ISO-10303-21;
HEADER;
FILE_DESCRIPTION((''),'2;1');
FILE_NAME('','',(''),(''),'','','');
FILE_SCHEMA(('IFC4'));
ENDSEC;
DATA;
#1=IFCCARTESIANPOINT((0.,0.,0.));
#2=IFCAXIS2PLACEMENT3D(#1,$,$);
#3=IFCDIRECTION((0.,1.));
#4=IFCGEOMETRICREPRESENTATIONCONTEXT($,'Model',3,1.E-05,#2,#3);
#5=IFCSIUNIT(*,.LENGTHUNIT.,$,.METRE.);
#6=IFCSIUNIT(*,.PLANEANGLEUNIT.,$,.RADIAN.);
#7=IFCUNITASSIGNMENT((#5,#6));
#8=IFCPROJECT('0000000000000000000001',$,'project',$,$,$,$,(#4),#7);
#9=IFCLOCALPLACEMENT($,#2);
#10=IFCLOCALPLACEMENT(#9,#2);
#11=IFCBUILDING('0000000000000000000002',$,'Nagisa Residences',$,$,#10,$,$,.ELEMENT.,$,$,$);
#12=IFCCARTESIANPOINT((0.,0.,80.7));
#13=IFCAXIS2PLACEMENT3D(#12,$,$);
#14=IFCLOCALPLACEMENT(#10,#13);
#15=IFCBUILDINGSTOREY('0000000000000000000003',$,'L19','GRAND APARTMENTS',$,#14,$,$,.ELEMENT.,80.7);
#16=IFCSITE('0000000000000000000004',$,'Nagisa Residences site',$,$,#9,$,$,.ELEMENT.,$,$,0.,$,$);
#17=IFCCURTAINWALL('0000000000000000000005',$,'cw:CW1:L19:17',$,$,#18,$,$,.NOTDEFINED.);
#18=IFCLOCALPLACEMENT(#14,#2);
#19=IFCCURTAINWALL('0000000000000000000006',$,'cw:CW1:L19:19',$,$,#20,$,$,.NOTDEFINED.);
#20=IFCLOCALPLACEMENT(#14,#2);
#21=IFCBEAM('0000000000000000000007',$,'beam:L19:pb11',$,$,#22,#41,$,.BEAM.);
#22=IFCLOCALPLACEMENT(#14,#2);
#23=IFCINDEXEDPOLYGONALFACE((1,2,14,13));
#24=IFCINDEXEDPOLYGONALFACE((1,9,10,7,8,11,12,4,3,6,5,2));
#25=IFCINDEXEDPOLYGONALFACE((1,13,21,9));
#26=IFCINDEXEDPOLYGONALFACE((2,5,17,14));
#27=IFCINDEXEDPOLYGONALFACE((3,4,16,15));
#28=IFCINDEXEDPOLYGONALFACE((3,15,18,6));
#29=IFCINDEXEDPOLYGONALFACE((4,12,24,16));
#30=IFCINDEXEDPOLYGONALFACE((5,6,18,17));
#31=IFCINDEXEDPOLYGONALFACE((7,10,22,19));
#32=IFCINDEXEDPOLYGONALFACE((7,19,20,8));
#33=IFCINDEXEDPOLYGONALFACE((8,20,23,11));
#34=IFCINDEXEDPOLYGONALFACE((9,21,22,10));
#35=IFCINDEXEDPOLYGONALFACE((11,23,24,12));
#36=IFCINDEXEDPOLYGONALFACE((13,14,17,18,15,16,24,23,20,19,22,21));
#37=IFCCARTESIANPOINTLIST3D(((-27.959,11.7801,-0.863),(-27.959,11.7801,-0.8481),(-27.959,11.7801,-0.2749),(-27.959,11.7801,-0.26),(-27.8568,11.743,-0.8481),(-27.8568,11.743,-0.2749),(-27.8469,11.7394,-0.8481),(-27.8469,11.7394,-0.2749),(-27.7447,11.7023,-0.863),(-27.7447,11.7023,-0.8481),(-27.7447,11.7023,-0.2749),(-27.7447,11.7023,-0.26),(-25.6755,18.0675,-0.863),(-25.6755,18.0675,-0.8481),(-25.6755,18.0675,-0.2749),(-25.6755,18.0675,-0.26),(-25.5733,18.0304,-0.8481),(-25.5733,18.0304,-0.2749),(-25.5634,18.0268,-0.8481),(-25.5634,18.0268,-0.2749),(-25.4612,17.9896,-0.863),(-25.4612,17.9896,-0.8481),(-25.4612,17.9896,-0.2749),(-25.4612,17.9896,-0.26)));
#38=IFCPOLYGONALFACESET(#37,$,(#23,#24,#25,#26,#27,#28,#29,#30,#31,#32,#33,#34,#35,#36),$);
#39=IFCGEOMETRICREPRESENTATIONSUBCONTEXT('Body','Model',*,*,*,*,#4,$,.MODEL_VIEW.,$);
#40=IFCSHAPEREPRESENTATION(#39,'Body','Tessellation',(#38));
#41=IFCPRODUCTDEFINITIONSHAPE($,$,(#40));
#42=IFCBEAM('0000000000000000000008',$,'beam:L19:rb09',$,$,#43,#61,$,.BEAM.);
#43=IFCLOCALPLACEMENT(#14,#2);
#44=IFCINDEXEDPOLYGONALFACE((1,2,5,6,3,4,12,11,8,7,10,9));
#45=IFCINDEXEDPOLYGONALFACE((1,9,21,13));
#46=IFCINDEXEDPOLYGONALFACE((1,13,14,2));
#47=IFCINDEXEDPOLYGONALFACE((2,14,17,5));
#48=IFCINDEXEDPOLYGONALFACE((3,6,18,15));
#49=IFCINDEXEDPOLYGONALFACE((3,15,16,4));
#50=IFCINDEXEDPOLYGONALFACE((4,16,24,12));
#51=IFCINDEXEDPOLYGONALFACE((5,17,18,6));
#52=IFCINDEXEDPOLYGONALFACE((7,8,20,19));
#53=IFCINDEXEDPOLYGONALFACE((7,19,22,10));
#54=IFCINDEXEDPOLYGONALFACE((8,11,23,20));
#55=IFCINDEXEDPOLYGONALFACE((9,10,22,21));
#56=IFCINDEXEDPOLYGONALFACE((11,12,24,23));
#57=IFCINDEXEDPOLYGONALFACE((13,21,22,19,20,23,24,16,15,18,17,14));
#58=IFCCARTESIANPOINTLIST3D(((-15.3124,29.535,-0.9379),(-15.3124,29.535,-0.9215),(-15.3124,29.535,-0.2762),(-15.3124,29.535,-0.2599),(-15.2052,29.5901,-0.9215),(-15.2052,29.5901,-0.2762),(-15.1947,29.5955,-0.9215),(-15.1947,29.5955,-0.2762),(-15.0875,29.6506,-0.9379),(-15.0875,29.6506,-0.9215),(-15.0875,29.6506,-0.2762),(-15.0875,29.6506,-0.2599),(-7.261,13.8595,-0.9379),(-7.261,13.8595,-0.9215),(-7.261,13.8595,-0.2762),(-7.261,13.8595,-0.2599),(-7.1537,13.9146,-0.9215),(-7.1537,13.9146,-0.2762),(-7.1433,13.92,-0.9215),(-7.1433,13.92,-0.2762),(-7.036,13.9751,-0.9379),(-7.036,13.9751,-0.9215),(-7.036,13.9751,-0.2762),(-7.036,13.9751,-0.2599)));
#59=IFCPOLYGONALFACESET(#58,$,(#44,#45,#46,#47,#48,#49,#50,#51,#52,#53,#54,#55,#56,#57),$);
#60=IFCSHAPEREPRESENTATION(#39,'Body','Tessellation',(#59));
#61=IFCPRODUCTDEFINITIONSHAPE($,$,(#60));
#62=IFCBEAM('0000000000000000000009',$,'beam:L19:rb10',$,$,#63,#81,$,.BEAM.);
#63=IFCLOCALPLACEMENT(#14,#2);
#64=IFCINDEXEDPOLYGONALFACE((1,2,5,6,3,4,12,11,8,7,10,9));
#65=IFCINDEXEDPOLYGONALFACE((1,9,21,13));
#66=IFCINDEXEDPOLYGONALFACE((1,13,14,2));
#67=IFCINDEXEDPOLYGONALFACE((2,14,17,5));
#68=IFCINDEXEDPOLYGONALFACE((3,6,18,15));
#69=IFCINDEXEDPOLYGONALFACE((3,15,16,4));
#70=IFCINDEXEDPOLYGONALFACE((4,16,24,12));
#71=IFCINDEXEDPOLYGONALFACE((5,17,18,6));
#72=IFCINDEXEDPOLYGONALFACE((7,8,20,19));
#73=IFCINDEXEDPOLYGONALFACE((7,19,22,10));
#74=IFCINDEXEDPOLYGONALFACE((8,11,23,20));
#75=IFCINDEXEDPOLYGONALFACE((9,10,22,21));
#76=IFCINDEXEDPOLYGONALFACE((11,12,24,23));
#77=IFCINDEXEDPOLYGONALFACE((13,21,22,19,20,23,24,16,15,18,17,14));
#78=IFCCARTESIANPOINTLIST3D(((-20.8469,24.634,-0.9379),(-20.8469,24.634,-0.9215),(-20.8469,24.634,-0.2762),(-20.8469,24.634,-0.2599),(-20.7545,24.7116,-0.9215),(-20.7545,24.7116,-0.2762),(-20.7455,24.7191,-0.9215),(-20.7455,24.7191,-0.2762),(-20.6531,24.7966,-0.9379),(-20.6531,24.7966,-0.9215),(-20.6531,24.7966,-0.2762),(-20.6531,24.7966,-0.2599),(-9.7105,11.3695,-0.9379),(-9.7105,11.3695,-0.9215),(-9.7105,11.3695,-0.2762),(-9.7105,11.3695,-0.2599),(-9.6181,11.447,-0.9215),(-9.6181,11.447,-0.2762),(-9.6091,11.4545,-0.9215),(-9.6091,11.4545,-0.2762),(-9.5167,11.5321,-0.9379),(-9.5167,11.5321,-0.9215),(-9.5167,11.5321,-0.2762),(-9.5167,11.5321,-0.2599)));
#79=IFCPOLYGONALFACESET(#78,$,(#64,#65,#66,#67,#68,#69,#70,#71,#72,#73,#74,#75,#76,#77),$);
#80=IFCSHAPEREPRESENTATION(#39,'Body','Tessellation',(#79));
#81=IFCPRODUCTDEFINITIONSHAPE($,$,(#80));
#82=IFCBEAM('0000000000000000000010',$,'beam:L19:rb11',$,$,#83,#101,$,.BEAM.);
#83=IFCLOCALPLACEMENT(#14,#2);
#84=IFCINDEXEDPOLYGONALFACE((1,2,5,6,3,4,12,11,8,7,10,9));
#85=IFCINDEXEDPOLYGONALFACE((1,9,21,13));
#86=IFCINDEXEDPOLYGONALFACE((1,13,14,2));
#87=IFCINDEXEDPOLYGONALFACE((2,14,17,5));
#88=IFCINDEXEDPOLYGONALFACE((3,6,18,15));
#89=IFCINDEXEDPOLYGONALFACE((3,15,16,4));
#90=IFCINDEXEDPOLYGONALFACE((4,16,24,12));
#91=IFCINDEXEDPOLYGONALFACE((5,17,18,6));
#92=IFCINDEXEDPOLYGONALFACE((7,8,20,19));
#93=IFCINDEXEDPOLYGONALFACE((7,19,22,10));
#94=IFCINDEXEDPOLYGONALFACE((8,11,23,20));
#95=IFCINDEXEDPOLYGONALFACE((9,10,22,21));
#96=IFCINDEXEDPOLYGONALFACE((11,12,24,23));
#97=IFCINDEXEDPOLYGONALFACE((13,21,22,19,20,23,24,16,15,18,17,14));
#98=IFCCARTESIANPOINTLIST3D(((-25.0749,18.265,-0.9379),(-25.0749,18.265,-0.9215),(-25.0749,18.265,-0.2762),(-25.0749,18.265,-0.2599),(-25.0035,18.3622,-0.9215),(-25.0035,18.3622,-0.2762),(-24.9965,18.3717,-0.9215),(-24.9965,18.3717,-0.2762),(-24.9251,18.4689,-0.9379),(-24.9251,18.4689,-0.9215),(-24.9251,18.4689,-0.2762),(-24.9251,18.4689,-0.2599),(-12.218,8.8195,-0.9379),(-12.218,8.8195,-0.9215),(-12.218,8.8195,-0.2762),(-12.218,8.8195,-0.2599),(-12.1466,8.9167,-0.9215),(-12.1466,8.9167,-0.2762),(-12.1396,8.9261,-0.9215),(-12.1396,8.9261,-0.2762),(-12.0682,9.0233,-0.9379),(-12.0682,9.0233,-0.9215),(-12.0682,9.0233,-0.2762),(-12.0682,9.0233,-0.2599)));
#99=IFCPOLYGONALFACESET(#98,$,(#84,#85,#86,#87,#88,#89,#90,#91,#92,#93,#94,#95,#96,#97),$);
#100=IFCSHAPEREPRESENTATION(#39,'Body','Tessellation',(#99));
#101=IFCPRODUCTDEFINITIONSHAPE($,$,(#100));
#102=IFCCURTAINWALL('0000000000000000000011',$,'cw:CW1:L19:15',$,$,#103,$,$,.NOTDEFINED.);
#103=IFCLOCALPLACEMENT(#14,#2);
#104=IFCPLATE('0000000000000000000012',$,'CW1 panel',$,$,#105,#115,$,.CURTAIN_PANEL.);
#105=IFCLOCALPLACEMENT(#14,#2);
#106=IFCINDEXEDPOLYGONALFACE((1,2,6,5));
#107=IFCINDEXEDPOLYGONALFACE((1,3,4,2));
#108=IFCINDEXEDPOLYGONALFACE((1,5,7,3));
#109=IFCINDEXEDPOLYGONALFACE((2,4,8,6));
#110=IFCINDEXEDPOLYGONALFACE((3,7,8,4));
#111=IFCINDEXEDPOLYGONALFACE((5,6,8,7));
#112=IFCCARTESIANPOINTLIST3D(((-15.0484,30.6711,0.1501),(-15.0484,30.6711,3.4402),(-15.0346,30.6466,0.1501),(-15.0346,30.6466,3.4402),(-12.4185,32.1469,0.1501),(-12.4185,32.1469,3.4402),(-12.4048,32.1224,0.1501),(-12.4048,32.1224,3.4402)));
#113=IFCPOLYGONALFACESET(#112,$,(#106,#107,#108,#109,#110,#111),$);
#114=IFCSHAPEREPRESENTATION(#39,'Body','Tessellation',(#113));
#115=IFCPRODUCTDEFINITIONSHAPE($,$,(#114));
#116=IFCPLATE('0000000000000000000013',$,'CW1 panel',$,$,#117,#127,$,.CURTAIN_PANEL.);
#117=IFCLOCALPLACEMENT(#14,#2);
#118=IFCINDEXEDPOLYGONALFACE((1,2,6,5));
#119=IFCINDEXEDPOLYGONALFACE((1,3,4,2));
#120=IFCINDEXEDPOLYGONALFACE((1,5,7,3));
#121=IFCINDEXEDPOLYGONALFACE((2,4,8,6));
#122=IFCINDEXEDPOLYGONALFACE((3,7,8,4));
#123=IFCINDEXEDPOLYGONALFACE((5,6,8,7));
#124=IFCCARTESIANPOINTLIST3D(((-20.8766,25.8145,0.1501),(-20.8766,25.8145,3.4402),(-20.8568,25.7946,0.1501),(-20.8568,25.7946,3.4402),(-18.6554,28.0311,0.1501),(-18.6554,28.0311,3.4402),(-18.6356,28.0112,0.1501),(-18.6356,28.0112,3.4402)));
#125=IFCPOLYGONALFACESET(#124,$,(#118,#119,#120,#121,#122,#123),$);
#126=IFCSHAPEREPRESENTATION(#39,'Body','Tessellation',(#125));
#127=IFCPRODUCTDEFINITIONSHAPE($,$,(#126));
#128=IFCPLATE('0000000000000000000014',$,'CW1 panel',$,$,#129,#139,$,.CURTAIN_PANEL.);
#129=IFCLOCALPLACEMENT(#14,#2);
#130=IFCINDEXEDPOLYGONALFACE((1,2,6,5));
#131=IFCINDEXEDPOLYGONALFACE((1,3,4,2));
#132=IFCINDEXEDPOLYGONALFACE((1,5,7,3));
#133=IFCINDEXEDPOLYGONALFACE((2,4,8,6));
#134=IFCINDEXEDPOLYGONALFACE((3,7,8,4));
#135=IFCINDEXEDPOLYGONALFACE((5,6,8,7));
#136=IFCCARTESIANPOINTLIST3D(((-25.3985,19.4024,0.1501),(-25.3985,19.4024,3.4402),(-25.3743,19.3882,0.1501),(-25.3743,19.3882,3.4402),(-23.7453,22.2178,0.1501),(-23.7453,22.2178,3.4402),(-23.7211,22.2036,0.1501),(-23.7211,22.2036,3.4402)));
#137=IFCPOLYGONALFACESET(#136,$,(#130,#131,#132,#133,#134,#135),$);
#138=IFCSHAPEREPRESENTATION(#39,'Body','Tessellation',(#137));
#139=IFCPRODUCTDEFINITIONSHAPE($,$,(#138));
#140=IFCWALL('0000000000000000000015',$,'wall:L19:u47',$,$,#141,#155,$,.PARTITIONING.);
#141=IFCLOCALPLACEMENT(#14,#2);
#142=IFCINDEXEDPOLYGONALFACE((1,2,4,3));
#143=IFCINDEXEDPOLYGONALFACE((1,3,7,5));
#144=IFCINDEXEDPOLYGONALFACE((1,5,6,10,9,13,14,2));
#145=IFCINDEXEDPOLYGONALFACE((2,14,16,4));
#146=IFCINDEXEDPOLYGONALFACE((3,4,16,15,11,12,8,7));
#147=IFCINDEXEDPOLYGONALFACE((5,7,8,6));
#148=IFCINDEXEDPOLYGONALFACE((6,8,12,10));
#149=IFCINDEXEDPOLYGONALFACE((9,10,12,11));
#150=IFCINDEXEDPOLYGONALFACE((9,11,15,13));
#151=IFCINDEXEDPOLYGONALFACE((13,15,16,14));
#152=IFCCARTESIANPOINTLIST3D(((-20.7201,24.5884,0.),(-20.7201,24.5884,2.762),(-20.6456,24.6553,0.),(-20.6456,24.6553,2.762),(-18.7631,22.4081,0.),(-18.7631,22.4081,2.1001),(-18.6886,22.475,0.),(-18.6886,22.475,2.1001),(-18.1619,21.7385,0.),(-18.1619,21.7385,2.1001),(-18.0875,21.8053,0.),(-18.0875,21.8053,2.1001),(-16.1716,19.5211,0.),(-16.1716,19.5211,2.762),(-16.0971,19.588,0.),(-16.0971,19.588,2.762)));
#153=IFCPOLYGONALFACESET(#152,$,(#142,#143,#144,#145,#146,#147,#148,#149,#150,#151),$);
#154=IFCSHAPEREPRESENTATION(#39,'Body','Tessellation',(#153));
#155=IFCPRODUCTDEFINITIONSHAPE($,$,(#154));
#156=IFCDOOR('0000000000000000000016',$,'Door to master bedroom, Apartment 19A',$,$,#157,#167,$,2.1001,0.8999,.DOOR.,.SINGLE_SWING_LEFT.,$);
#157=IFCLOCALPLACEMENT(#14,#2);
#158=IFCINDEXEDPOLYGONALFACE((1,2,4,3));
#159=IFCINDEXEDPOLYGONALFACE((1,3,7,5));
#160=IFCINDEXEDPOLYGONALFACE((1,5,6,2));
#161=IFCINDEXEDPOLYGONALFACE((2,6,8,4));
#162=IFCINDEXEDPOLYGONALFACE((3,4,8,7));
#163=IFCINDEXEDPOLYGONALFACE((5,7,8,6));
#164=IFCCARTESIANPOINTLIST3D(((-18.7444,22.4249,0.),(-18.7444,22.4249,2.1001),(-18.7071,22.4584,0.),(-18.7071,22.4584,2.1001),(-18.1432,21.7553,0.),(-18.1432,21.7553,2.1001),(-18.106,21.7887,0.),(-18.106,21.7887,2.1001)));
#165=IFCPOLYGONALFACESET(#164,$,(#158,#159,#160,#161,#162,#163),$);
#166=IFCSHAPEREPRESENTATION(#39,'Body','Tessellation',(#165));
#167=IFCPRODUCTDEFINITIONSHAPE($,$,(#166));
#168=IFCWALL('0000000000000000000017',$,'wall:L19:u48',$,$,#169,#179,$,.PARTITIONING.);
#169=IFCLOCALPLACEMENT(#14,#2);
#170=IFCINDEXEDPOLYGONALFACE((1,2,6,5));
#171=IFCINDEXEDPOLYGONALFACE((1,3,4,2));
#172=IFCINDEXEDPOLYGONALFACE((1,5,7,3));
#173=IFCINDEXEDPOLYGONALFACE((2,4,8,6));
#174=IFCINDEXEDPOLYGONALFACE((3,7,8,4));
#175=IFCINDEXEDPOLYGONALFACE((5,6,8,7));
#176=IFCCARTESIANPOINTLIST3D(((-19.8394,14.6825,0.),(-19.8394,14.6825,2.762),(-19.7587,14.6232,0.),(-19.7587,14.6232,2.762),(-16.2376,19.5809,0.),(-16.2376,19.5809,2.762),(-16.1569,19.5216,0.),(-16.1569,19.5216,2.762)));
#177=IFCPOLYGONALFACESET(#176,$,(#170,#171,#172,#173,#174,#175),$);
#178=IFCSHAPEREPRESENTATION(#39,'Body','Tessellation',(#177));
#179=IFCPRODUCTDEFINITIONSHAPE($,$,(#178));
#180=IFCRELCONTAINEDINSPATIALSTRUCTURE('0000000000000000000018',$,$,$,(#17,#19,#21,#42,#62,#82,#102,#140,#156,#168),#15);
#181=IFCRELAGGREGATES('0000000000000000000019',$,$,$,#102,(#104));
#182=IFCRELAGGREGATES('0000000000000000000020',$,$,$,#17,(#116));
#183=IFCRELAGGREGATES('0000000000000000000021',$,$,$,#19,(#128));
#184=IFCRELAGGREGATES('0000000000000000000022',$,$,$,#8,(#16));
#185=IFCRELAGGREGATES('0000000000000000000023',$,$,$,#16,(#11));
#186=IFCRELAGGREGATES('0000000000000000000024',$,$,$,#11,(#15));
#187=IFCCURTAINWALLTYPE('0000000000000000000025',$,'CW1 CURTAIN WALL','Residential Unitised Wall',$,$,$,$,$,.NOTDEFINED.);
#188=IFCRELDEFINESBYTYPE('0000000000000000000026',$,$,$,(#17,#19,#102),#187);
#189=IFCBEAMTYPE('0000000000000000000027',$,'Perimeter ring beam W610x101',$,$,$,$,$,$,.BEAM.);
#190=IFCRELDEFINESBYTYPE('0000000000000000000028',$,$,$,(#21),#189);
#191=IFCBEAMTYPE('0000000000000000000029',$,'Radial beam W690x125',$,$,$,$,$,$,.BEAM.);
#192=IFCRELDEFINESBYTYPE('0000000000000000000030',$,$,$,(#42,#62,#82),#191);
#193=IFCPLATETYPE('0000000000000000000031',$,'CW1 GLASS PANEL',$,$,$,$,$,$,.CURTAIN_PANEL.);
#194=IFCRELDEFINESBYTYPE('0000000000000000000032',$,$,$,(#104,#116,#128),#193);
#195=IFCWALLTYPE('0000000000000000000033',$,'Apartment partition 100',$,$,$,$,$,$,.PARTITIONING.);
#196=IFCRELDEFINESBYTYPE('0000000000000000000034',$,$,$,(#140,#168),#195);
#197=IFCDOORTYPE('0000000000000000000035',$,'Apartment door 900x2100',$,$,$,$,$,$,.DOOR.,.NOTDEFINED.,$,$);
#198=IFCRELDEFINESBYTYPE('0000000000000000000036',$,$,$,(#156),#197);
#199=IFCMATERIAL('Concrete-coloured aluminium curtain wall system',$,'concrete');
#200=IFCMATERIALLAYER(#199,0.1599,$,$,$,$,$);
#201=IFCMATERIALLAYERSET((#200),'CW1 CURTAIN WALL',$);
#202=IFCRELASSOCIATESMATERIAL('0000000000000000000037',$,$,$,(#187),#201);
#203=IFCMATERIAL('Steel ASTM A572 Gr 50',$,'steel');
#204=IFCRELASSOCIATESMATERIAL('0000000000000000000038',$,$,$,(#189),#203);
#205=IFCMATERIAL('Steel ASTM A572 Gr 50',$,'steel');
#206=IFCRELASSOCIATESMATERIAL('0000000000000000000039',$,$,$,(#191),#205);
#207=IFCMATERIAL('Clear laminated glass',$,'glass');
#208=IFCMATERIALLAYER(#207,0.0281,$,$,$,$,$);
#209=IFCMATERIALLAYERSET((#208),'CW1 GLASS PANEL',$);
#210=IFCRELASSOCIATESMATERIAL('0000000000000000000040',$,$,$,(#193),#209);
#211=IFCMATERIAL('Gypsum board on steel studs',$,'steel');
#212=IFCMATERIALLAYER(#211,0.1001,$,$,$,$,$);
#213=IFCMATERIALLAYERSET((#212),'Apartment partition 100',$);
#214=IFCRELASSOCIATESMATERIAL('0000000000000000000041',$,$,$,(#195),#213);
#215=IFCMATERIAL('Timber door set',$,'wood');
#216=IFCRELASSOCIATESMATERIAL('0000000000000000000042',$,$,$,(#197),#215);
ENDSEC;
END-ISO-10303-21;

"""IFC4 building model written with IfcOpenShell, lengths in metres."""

from ifc_helpers import new_model, si_unit, direction, frame, frame_2d, origin, origin_2d, place, context, subcontext, project, spatial, rectangle, i_section, extrude, material, layer, layer_set, material_profile, profile_set, type_object, element, fill, aggregate, save


model = new_model("IFC4")

# Units and contexts
model_context = context("Model", 3, precision=1e-05, world=origin(), true_north=direction((0.0, 1.0)))
body_context = subcontext(model_context, "Body", "Model", "MODEL_VIEW")
ifc_project = project(units=[si_unit("LENGTHUNIT", "METRE"), si_unit("PLANEANGLEUNIT", "RADIAN")], contexts=[model_context])

# Site, building, storey
site_placement = place(None, origin())
site = spatial("IfcSite", under=ifc_project, at=site_placement, Name="Nagisa Residences site", CompositionType="ELEMENT", RefElevation=0.0)
building_placement = place(site_placement, origin())
building = spatial("IfcBuilding", under=site, at=building_placement, Name="Nagisa Residences", CompositionType="ELEMENT")
storey_placement = place(building_placement, frame((0.0, 0.0, 80.7)))
storey = spatial("IfcBuildingStorey", under=building, at=storey_placement, Name="L19", Description="GRAND APARTMENTS", CompositionType="ELEMENT", Elevation=80.7)

# Curtain walls
ifc_material_1 = material(Name="Concrete-coloured aluminium curtain wall system", Category="concrete")
ifc_layer_1 = layer(ifc_material_1, 0.1599)
ifc_layer_set_1 = layer_set([ifc_layer_1], Name="CW1 CURTAIN WALL")
curtain_wall_type = type_object("IfcCurtainWallType", Name="CW1 CURTAIN WALL", Description="Residential Unitised Wall", PredefinedType="NOTDEFINED", material=ifc_layer_set_1)
curtain_wall_1_placement = place(storey_placement, origin())
curtain_wall_1 = element("IfcCurtainWall", 1, at=curtain_wall_1_placement, inside=storey, type_object=curtain_wall_type, Name="cw:CW1:L19:17", PredefinedType="NOTDEFINED")
curtain_wall_2_placement = place(storey_placement, origin())
curtain_wall_2 = element("IfcCurtainWall", 2, at=curtain_wall_2_placement, inside=storey, type_object=curtain_wall_type, Name="cw:CW1:L19:19", PredefinedType="NOTDEFINED")

# Beams
ifc_material_2 = material(Name="Steel ASTM A572 Gr 50", Category="steel")
ifc_material_profile_1 = material_profile(ifc_material_2, i_section(OverallWidth=0.228, OverallDepth=0.603, WebThickness=0.0105, FlangeThickness=0.0149, at=origin_2d()), Name="W610x101")
ifc_profile_set_1 = profile_set([ifc_material_profile_1], Name="Steel ASTM A572 Gr 50")
beam_type_1 = type_object("IfcBeamType", Name="Perimeter ring beam W610x101", PredefinedType="BEAM", material=ifc_profile_set_1)
beam_1_placement = place(storey_placement, frame((-25.5684, 18.0286, -0.5615), z_axis=(-0.341365, -0.939931, 0.0), x_axis=(0.939931, -0.341365, 0.0)))
element("IfcBeam", 3, at=beam_1_placement, inside=storey, type_object=beam_type_1, Name="beam:L19:pb11", PredefinedType="BEAM", context=body_context, shape_type="SweptSolid", body=[
    extrude(i_section(OverallWidth=0.228, OverallDepth=0.603, WebThickness=0.0105, FlangeThickness=0.0149, at=origin_2d()), origin(), (0.0, 0.0, 1.0), 6.6892),
])
ifc_material_3 = material(Name="Steel ASTM A572 Gr 50", Category="steel")
ifc_material_profile_2 = material_profile(ifc_material_3, i_section(OverallWidth=0.2529, OverallDepth=0.678, WebThickness=0.0117, FlangeThickness=0.0164, at=origin_2d()), Name="W690x125")
ifc_profile_set_2 = profile_set([ifc_material_profile_2], Name="Steel ASTM A572 Gr 50")
beam_type_2 = type_object("IfcBeamType", Name="Radial beam W690x125", PredefinedType="BEAM", material=ifc_profile_set_2)
beam_2_placement = place(storey_placement, frame((-15.2, 29.5928, -0.5989), z_axis=(0.456891, -0.889523, 0.0), x_axis=(0.889523, 0.456891, 0.0)))
element("IfcBeam", 4, at=beam_2_placement, inside=storey, type_object=beam_type_2, Name="beam:L19:rb09", PredefinedType="BEAM", context=body_context, shape_type="SweptSolid", body=[
    extrude(i_section(OverallWidth=0.2529, OverallDepth=0.678, WebThickness=0.0117, FlangeThickness=0.0164, at=origin_2d()), origin(), (0.0, 0.0, 1.0), 17.6223),
])
beam_3_placement = place(storey_placement, frame((-20.75, 24.7153, -0.5989), z_axis=(0.642995, -0.765871, 0.0), x_axis=(0.765871, 0.642995, 0.0)))
element("IfcBeam", 5, at=beam_3_placement, inside=storey, type_object=beam_type_2, Name="beam:L19:rb10", PredefinedType="BEAM", context=body_context, shape_type="SweptSolid", body=[
    extrude(i_section(OverallWidth=0.2529, OverallDepth=0.678, WebThickness=0.0117, FlangeThickness=0.0164, at=origin_2d()), origin(), (0.0, 0.0, 1.0), 17.3196),
])
beam_4_placement = place(storey_placement, frame((-25.0, 18.3669, -0.5989), z_axis=(0.805892, -0.592062, 0.0), x_axis=(0.592062, 0.805892, 0.0)))
element("IfcBeam", 6, at=beam_4_placement, inside=storey, type_object=beam_type_2, Name="beam:L19:rb11", PredefinedType="BEAM", context=body_context, shape_type="SweptSolid", body=[
    extrude(i_section(OverallWidth=0.2529, OverallDepth=0.678, WebThickness=0.0117, FlangeThickness=0.0164, at=origin_2d()), origin(), (0.0, 0.0, 1.0), 15.9536),
])

# Curtain wall, plate
curtain_wall_3_placement = place(storey_placement, origin())
curtain_wall_3 = element("IfcCurtainWall", 7, at=curtain_wall_3_placement, inside=storey, type_object=curtain_wall_type, Name="cw:CW1:L19:15", PredefinedType="NOTDEFINED")
ifc_material_4 = material(Name="Clear laminated glass", Category="glass")
ifc_layer_2 = layer(ifc_material_4, 0.0281)
ifc_layer_set_2 = layer_set([ifc_layer_2], Name="CW1 GLASS PANEL")
plate_type = type_object("IfcPlateType", Name="CW1 GLASS PANEL", PredefinedType="CURTAIN_PANEL", material=ifc_layer_set_2)
plate_1_placement = place(storey_placement, frame((-13.7266, 31.3967, 0.1501), z_axis=(0.0, 0.0, 1.0), x_axis=(-0.872072, -0.489377, 0.0)))
plate_1 = element("IfcPlate", 8, at=plate_1_placement, type_object=plate_type, Name="CW1 panel", PredefinedType="CURTAIN_PANEL", context=body_context, shape_type="SweptSolid", body=[
    extrude(rectangle(XDim=3.0156, YDim=0.0281, at=origin_2d()), origin(), (0.0, 0.0, 1.0), 3.29),
])
aggregate(curtain_wall_3, [plate_1])

# Plates
plate_2_placement = place(storey_placement, frame((-19.7561, 26.9128, 0.1501), z_axis=(0.0, 0.0, 1.0), x_axis=(-0.707836, -0.706377, 0.0)))
plate_2 = element("IfcPlate", 9, at=plate_2_placement, type_object=plate_type, Name="CW1 panel", PredefinedType="CURTAIN_PANEL", context=body_context, shape_type="SweptSolid", body=[
    extrude(rectangle(XDim=3.1379, YDim=0.0281, at=origin_2d()), origin(), (0.0, 0.0, 1.0), 3.29),
])
aggregate(curtain_wall_1, [plate_2])
plate_3_placement = place(storey_placement, frame((-24.5598, 20.803, 0.1501), z_axis=(0.0, 0.0, 1.0), x_axis=(-0.506349, -0.862329, 0.0)))
plate_3 = element("IfcPlate", 10, at=plate_3_placement, type_object=plate_type, Name="CW1 panel", PredefinedType="CURTAIN_PANEL", context=body_context, shape_type="SweptSolid", body=[
    extrude(rectangle(XDim=3.2649, YDim=0.0281, at=origin_2d()), origin(), (0.0, 0.0, 1.0), 3.29),
])
aggregate(curtain_wall_2, [plate_3])

# Wall, opening, door
ifc_material_5 = material(Name="Gypsum board on steel studs", Category="steel")
ifc_layer_3 = layer(ifc_material_5, 0.1001)
ifc_layer_set_3 = layer_set([ifc_layer_3], Name="Apartment partition 100")
wall_type_1 = type_object("IfcWallType", Name="Apartment partition 100", PredefinedType="PARTITIONING", material=ifc_layer_set_3)
wall_1_placement = place(storey_placement, frame((-16.1343, 19.5544, 0.0), z_axis=(0.0, 0.0, 1.0), x_axis=(-0.667986, 0.744174, 0.0)))
wall_1 = element("IfcWall", 11, at=wall_1_placement, inside=storey, type_object=wall_type_1, Name="wall:L19:u47", PredefinedType="PARTITIONING", context=body_context, shape_type="SweptSolid", body=[
    extrude(rectangle(XDim=6.8093, YDim=0.1001, at=frame_2d((3.4048, 0.0))), origin(), (0.0, 0.0, 1.0), 2.762),
])
opening_1_placement = place(wall_1_placement, frame((2.9797, 0.0, 0.0)))
opening_1 = element("IfcOpeningElement", 12, at=opening_1_placement, cuts=wall_1, PredefinedType="OPENING", context=body_context, shape_type="SweptSolid", body=[
    extrude(rectangle(XDim=0.8999, YDim=2.1001, at=frame_2d((0.45, 1.05))), frame((0.0, 0.0601, 0.0), z_axis=(0.0, -1.0, 0.0), x_axis=(1.0, 0.0, 0.0)), (0.0, 0.0, 1.0), 0.1201),
])
ifc_material_6 = material(Name="Timber door set", Category="wood")
door_type_1 = type_object("IfcDoorType", Name="Apartment door 900x2100", OperationType="NOTDEFINED", PredefinedType="DOOR", material=ifc_material_6)
door_1_placement = place(opening_1_placement, origin())
door_1 = element("IfcDoor", 13, at=door_1_placement, inside=storey, type_object=door_type_1, Name="Door to master bedroom, Apartment 19A", OperationType="SINGLE_SWING_LEFT", OverallHeight=2.1001, OverallWidth=0.8999, PredefinedType="DOOR", context=body_context, shape_type="SweptSolid", body=[
    extrude(rectangle(XDim=0.8999, YDim=2.1001, at=frame_2d((0.45, 1.05))), frame((0.0, 0.0249, 0.0), z_axis=(0.0, -1.0, 0.0), x_axis=(1.0, 0.0, 0.0)), (0.0, 0.0, 1.0), 0.05),
])
fill(opening_1, door_1)

# Wall
wall_2_placement = place(storey_placement, frame((-16.1973, 19.5513, 0.0), z_axis=(0.0, 0.0, 1.0), x_axis=(-0.592392, -0.80565, 0.0)))
element("IfcWall", 14, at=wall_2_placement, inside=storey, type_object=wall_type_1, Name="wall:L19:u48", PredefinedType="PARTITIONING", context=body_context, shape_type="SweptSolid", body=[
    extrude(rectangle(XDim=6.0801, YDim=0.1001, at=frame_2d((3.04, 0.0))), origin(), (0.0, 0.0, 1.0), 2.762),
])

save(model, "model.ifc")
